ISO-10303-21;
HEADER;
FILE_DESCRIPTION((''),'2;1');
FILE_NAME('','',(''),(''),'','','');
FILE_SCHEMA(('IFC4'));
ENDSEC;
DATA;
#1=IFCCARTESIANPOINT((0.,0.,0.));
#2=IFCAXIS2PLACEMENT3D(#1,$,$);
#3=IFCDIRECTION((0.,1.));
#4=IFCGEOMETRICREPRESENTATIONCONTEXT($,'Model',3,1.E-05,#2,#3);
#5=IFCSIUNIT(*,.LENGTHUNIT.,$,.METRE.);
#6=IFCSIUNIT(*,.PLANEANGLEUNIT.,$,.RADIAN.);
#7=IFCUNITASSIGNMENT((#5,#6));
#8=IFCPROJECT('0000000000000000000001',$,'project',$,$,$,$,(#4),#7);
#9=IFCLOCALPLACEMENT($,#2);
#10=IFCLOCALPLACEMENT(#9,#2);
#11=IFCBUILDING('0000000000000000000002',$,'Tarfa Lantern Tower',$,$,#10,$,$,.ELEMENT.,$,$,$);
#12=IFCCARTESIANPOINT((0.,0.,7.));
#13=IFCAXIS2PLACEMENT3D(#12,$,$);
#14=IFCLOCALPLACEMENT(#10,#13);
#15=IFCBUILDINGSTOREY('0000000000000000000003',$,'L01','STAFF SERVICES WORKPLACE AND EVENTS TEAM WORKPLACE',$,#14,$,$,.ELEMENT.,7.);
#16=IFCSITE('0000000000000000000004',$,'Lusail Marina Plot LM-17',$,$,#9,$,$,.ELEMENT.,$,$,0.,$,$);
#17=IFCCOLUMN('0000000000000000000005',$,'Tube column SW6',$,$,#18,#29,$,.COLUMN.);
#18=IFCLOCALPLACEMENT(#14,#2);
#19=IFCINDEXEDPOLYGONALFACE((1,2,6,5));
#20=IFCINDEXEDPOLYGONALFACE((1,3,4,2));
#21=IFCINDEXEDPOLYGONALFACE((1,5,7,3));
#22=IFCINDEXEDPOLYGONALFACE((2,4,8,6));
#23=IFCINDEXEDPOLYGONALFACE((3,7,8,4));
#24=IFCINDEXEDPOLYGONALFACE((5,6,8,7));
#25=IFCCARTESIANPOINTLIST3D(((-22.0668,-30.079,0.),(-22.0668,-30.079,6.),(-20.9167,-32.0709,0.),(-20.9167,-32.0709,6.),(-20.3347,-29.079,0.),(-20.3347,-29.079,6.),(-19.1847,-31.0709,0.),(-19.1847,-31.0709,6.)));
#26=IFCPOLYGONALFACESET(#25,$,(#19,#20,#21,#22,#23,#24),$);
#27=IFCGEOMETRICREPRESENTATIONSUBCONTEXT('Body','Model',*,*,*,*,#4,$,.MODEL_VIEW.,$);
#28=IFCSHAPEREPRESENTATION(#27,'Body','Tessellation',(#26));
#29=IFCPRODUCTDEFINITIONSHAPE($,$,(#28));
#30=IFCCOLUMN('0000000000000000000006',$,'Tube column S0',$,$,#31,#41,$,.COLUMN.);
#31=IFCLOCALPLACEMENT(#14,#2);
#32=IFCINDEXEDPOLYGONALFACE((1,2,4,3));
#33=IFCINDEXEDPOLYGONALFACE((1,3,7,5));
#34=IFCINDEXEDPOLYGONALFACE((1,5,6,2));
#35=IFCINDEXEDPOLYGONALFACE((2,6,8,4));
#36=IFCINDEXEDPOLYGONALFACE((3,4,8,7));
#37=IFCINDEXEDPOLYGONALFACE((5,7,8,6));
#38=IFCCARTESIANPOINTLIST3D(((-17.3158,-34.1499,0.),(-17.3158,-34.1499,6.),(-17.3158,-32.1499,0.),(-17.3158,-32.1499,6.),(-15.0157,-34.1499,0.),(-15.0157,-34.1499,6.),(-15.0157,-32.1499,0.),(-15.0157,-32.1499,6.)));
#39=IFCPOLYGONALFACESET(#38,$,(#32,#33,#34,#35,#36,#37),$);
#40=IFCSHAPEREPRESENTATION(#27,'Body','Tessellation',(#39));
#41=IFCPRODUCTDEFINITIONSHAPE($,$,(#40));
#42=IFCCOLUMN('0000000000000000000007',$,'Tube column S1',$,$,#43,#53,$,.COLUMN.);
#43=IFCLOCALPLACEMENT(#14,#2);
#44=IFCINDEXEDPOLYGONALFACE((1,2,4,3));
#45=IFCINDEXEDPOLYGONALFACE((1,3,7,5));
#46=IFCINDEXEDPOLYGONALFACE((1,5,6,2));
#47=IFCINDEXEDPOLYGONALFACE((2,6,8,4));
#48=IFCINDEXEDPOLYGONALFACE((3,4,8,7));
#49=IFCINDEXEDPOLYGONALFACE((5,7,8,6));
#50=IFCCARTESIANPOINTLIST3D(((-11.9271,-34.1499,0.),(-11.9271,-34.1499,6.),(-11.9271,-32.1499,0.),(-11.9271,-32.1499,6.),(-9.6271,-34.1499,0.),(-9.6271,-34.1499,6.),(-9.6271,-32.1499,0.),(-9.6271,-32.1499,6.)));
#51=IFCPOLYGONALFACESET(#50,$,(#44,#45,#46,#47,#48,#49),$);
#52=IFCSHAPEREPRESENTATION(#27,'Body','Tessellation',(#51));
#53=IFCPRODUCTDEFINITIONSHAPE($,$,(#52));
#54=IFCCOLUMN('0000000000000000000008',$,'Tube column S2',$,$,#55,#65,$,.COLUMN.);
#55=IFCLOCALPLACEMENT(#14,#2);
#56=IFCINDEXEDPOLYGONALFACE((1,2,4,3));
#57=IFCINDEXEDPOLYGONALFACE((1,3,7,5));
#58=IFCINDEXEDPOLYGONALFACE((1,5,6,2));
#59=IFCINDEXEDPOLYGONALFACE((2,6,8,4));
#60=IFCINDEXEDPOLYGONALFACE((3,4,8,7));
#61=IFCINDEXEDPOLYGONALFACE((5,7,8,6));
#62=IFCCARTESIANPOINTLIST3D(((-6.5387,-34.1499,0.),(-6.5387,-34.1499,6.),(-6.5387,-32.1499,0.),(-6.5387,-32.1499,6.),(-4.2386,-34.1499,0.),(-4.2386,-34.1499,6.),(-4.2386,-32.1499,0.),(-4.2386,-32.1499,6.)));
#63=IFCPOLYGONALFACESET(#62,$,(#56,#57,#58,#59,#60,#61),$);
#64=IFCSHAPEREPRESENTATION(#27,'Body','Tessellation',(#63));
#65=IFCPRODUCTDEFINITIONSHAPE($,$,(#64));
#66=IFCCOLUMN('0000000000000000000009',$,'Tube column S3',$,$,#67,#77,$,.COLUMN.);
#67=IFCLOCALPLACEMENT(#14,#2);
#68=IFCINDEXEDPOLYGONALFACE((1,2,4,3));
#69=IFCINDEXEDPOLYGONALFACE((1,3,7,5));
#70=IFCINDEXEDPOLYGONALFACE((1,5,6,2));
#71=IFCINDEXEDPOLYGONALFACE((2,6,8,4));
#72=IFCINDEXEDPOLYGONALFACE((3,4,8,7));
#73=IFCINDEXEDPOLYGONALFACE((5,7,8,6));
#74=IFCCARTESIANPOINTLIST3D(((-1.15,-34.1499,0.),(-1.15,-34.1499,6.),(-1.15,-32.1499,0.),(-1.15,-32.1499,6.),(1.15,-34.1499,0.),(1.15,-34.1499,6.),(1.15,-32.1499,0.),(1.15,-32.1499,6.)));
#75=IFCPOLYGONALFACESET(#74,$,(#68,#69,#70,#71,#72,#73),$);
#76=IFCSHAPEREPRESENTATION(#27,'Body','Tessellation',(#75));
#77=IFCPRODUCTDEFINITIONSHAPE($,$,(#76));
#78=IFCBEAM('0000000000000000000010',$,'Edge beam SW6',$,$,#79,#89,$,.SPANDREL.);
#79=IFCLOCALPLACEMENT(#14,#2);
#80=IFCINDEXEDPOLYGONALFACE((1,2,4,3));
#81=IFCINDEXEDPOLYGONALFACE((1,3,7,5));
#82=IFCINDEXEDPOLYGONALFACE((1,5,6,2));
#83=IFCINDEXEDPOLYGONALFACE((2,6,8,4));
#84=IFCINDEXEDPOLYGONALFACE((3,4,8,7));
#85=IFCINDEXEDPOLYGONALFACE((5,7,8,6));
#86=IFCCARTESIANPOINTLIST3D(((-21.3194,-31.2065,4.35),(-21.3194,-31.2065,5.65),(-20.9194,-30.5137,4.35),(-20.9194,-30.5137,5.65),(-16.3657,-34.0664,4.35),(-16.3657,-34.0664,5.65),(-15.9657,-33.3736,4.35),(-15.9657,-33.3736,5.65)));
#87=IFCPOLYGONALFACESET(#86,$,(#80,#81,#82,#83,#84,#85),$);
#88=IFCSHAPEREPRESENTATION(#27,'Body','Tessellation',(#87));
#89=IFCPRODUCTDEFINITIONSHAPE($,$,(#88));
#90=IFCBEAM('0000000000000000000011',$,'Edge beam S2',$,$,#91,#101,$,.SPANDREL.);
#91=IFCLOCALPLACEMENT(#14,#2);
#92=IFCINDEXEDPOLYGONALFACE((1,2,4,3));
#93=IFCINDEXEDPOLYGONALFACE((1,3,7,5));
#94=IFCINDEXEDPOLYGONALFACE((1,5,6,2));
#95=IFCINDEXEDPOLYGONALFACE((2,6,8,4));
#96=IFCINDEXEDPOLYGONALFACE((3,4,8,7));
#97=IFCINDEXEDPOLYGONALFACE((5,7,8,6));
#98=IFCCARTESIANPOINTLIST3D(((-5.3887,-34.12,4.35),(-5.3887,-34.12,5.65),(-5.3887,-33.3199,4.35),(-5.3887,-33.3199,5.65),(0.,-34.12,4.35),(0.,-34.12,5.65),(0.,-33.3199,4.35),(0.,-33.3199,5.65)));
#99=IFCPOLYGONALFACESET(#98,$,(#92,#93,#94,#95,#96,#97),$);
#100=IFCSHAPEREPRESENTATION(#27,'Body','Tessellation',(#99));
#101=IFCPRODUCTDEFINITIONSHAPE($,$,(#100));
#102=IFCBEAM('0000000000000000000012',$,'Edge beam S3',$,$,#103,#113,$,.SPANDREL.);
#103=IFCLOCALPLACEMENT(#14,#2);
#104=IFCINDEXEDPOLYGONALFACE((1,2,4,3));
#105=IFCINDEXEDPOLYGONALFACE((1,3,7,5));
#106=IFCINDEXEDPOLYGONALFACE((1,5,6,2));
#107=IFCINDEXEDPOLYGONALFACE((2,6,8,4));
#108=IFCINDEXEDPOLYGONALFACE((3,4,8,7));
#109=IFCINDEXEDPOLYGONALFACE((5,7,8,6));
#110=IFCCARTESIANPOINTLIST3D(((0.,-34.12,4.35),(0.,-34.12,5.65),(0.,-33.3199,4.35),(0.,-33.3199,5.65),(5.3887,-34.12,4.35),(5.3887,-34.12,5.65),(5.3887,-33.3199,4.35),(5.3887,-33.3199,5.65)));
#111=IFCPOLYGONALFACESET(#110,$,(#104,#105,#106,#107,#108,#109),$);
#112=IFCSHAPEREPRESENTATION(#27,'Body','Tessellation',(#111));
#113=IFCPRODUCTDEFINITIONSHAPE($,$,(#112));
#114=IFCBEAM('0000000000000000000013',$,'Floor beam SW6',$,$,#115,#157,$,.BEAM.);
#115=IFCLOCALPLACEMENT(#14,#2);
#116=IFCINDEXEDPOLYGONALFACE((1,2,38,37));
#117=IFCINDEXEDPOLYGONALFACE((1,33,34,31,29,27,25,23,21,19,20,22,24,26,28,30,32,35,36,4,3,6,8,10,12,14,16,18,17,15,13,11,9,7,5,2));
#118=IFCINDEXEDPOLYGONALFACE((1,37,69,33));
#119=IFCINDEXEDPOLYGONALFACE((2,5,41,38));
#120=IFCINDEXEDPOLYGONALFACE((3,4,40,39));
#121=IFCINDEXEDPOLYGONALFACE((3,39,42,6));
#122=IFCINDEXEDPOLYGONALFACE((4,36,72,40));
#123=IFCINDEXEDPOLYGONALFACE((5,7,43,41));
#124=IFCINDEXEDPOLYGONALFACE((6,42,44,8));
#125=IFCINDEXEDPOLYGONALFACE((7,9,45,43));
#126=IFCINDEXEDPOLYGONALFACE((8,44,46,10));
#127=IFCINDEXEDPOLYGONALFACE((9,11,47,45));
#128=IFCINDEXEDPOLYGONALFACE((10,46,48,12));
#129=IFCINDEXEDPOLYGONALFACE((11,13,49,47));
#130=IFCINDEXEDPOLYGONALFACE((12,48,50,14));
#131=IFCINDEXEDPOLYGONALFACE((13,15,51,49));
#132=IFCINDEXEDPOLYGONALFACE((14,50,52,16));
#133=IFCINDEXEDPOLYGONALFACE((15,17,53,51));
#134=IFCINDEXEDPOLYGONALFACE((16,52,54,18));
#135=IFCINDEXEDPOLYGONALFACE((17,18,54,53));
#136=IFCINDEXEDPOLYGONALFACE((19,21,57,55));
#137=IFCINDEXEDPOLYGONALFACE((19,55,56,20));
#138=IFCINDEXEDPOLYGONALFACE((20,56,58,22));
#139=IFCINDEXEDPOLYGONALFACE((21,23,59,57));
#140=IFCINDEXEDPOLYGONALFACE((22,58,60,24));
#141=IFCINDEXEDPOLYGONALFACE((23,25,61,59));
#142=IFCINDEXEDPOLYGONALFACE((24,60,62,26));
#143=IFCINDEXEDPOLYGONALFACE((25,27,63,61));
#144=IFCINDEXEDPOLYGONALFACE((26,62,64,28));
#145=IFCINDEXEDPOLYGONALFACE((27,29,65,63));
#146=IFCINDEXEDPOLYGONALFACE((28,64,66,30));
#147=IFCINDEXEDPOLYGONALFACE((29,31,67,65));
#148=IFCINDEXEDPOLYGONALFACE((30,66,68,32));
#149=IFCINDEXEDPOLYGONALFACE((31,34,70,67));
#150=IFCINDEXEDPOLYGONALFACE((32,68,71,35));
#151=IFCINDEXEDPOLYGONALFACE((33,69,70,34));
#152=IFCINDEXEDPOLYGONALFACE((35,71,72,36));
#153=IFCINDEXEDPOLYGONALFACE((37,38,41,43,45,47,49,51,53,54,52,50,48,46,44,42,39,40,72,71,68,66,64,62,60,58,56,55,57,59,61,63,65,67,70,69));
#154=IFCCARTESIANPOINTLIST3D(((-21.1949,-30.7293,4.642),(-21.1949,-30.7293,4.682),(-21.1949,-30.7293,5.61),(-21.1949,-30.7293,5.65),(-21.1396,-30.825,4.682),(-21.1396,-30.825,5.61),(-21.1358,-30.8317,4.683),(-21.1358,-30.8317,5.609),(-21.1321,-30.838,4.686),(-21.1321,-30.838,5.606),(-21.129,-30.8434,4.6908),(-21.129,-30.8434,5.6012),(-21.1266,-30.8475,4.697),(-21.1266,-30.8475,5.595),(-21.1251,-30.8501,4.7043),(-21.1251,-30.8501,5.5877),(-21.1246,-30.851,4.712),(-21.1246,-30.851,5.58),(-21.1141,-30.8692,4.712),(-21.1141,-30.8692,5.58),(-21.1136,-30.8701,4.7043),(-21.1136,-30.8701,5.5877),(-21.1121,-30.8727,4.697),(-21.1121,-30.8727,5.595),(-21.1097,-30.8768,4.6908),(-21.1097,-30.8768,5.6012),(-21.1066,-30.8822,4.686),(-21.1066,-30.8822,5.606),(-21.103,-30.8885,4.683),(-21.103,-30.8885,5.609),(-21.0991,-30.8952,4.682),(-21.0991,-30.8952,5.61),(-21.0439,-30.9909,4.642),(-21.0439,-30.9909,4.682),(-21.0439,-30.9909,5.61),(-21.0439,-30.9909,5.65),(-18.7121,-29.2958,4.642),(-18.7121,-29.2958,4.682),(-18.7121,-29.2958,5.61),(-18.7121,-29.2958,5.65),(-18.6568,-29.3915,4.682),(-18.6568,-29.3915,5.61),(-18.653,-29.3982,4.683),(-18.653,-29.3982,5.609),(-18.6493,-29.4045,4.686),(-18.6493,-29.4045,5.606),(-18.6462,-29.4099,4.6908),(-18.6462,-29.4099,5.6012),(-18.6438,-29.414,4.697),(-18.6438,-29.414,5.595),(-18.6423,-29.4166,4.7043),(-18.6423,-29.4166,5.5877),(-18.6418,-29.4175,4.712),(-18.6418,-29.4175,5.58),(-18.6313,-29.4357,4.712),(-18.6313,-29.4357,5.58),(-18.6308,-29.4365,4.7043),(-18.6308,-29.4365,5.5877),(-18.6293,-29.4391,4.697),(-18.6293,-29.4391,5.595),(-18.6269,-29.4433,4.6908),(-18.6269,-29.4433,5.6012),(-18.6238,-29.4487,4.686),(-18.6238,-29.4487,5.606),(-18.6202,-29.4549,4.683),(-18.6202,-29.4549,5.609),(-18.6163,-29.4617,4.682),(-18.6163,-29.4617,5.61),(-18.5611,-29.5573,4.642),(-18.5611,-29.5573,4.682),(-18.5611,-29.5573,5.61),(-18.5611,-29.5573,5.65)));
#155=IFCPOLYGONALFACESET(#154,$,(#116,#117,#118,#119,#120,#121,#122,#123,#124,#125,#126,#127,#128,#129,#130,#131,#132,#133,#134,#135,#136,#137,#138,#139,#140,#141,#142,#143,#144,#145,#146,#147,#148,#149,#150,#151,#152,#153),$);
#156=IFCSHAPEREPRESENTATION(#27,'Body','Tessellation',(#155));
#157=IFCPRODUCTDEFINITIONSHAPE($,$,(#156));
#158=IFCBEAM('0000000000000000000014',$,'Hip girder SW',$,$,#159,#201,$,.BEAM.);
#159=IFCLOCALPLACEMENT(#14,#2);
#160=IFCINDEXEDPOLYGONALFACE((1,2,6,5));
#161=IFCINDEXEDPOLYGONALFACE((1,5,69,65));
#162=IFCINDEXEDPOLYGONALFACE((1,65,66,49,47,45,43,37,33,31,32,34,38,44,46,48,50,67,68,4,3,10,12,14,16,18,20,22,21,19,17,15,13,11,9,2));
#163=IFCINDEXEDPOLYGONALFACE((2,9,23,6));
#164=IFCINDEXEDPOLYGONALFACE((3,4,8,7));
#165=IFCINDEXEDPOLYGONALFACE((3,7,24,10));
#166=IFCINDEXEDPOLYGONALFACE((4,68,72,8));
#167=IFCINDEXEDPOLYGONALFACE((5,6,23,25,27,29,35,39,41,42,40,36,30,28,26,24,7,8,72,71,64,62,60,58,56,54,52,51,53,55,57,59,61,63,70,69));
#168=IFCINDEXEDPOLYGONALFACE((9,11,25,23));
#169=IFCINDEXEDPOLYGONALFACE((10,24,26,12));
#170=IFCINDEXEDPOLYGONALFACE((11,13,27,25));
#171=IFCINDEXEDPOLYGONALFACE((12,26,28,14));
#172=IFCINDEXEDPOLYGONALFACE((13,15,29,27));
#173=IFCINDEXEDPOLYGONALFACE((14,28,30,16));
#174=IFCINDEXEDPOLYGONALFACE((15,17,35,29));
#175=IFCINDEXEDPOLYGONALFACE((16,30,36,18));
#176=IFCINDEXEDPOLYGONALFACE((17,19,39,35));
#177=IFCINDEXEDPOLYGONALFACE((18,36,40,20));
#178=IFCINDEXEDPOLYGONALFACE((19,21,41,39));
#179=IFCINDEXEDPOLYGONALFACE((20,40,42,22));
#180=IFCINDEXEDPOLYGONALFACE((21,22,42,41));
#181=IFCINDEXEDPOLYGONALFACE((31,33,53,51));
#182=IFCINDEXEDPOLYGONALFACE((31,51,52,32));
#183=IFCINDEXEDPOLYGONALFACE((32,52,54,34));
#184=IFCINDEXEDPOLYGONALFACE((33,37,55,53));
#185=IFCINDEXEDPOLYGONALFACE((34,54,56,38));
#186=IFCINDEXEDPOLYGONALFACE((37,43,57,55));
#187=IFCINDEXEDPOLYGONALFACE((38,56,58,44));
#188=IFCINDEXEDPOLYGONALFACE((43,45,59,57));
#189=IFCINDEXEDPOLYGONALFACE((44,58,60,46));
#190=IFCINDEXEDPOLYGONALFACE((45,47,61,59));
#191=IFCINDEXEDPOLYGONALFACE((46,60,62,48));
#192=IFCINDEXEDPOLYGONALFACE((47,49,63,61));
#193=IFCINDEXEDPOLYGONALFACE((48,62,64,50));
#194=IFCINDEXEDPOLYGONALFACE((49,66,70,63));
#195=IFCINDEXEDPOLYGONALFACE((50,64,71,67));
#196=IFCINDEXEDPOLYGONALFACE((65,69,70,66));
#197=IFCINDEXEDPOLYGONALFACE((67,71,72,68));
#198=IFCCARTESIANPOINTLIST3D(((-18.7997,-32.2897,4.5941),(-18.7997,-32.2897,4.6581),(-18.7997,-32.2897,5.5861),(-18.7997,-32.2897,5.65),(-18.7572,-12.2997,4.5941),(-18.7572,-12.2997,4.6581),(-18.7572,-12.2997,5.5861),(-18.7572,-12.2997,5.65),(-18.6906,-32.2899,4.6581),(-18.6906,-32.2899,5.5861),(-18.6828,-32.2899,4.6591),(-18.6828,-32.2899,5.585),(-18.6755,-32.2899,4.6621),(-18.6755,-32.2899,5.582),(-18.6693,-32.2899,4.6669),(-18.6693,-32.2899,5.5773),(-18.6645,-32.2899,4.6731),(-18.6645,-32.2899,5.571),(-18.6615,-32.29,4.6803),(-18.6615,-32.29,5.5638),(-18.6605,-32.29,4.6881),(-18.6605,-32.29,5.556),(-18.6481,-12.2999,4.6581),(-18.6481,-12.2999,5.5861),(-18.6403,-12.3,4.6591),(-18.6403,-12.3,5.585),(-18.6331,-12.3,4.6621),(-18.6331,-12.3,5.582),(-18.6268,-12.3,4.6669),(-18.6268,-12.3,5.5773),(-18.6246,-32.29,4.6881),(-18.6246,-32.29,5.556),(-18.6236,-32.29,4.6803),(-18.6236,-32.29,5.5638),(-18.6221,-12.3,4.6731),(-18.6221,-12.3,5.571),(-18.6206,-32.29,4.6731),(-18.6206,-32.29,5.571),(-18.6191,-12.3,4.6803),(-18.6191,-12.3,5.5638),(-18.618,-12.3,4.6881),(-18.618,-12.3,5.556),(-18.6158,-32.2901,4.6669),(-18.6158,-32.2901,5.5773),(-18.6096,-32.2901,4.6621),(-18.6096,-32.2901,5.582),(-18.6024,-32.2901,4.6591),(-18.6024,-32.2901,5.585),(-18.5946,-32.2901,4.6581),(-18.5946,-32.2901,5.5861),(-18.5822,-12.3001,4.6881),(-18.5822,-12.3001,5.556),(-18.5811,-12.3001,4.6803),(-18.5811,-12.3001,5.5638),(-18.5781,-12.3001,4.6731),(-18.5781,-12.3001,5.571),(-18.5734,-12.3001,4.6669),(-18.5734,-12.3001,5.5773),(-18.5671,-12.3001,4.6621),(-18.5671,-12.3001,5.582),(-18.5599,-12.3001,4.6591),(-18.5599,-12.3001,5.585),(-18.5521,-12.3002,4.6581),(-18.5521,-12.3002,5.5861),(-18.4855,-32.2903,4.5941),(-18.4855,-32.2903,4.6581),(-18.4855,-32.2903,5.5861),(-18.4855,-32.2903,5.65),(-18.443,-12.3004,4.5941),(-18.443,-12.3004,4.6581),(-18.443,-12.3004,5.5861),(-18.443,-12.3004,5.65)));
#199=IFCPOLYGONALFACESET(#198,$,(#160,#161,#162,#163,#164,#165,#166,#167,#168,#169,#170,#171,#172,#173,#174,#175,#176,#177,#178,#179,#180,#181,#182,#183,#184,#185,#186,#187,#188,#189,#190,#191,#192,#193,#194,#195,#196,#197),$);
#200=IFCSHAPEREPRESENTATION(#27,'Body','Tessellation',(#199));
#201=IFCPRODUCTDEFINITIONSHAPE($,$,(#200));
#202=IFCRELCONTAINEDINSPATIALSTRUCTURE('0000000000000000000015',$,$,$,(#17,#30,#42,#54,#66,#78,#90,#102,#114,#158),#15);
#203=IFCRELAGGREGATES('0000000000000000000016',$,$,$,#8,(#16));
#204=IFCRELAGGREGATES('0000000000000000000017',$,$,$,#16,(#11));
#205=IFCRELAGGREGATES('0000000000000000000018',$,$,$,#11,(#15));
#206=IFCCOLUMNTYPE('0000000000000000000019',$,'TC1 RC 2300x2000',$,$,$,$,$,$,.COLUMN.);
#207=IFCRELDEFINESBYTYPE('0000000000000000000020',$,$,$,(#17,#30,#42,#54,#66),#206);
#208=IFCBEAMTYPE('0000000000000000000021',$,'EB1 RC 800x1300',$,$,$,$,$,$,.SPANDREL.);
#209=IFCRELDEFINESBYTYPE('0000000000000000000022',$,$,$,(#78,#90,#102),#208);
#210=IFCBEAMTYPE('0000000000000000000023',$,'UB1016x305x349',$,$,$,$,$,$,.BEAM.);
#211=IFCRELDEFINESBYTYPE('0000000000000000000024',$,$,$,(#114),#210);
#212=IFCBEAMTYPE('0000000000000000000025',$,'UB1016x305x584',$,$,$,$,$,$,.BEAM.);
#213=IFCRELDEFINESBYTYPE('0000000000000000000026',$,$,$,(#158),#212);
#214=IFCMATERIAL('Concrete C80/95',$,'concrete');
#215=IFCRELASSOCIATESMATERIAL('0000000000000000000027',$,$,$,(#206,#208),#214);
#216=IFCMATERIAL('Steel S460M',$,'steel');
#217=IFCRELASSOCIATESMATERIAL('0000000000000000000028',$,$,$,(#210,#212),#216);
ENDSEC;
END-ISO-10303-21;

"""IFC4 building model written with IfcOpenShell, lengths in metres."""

from ifc_helpers import new_model, si_unit, direction, frame, origin, origin_2d, place, context, subcontext, project, spatial, rectangle, i_section, extrude, material, material_profile, profile_set, type_object, element, save


model = new_model("IFC4")

# Units and contexts
model_context = context("Model", 3, precision=1e-05, world=origin(), true_north=direction((0.0, 1.0)))
body_context = subcontext(model_context, "Body", "Model", "MODEL_VIEW")
ifc_project = project(units=[si_unit("LENGTHUNIT", "METRE"), si_unit("PLANEANGLEUNIT", "RADIAN")], contexts=[model_context])

# Site, building, storey
site_placement = place(None, origin())
site = spatial("IfcSite", under=ifc_project, at=site_placement, Name="Lusail Marina Plot LM-17", CompositionType="ELEMENT", RefElevation=0.0)
building_placement = place(site_placement, origin())
building = spatial("IfcBuilding", under=site, at=building_placement, Name="Tarfa Lantern Tower", CompositionType="ELEMENT")
storey_placement = place(building_placement, frame((0.0, 0.0, 7.0)))
storey = spatial("IfcBuildingStorey", under=building, at=storey_placement, Name="L01", Description="STAFF SERVICES WORKPLACE AND EVENTS TEAM WORKPLACE", CompositionType="ELEMENT", Elevation=7.0)

# Columns
ifc_material_1 = material(Name="Concrete C80/95", Category="concrete")
ifc_material_profile_1 = material_profile(ifc_material_1, rectangle(XDim=2.3, YDim=2.0, at=origin_2d()), Name="RC 2300x2000")
ifc_profile_set_1 = profile_set([ifc_material_profile_1], Name="Concrete C80/95")
column_type = type_object("IfcColumnType", Name="TC1 RC 2300x2000", PredefinedType="COLUMN", material=ifc_profile_set_1)
for number, where, z_axis, x_axis, name in (
    (1, (-20.6257, -30.575, 0.0), (0.0, 0.0, 1.0), (0.5, -0.866025, 0.0), "Tube column SW6"),
    (2, (-16.1658, -33.1499, 0.0), (0.0, 0.0, 1.0), (1.0, 0.0, 0.0), "Tube column S0"),
    (3, (-10.7771, -33.1499, 0.0), (0.0, 0.0, 1.0), (1.0, 0.0, 0.0), "Tube column S1"),
    (4, (-5.3887, -33.1499, 0.0), (0.0, 0.0, 1.0), (1.0, 0.0, 0.0), "Tube column S2"),
    (5, (0.0, -33.1499, 0.0), (0.0, 0.0, 1.0), (1.0, 0.0, 0.0), "Tube column S3"),
):
    element("IfcColumn", number, at=place(storey_placement, frame(where, z_axis=z_axis, x_axis=x_axis)), inside=storey, type_object=column_type, Name=name, PredefinedType="COLUMN", context=body_context, shape_type="SweptSolid", body=[
        extrude(rectangle(XDim=2.3, YDim=2.0, at=origin_2d()), origin(), (0.0, 0.0, 1.0), 6.0),
    ])

# Beams
ifc_material_profile_2 = material_profile(ifc_material_1, rectangle(XDim=0.8, YDim=1.3, at=origin_2d()), Name="RC 800x1300")
ifc_profile_set_2 = profile_set([ifc_material_profile_2], Name="Concrete C80/95")
beam_type_1 = type_object("IfcBeamType", Name="EB1 RC 800x1300", PredefinedType="SPANDREL", material=ifc_profile_set_2)
beam_1_placement = place(storey_placement, frame((-21.1194, -30.8601, 5.0), z_axis=(0.866033, -0.499986, 0.0), x_axis=(0.499986, 0.866033, 0.0)))
element("IfcBeam", 6, at=beam_1_placement, inside=storey, type_object=beam_type_1, Name="Edge beam SW6", PredefinedType="SPANDREL", context=body_context, shape_type="SweptSolid", body=[
    extrude(rectangle(XDim=0.8, YDim=1.3, at=origin_2d()), origin(), (0.0, 0.0, 1.0), 5.72),
])
for number, where, z_axis, x_axis, name in (
    (7, (-5.3887, -33.72, 5.0), (1.0, 0.0, 0.0), (0.0, 1.0, 0.0), "Edge beam S2"),
    (8, (0.0, -33.72, 5.0), (1.0, 0.0, 0.0), (0.0, 1.0, 0.0), "Edge beam S3"),
):
    element("IfcBeam", number, at=place(storey_placement, frame(where, z_axis=z_axis, x_axis=x_axis)), inside=storey, type_object=beam_type_1, Name=name, PredefinedType="SPANDREL", context=body_context, shape_type="SweptSolid", body=[
        extrude(rectangle(XDim=0.8, YDim=1.3, at=origin_2d()), origin(), (0.0, 0.0, 1.0), 5.3887),
    ])
ifc_material_2 = material(Name="Steel S460M", Category="steel")
ifc_material_profile_3 = material_profile(ifc_material_2, i_section(OverallWidth=0.302, OverallDepth=1.0081, WebThickness=0.021, FlangeThickness=0.04, FilletRadius=0.03, at=origin_2d()), Name="UB1016x305x349")
ifc_profile_set_3 = profile_set([ifc_material_profile_3], Name="Steel S460M")
beam_type_2 = type_object("IfcBeamType", Name="UB1016x305x349", PredefinedType="BEAM", material=ifc_profile_set_3)
beam_2_placement = place(storey_placement, frame((-21.1194, -30.8601, 5.146), z_axis=(0.866013, 0.500022, 0.0), x_axis=(-0.500022, 0.866013, 0.0)))
element("IfcBeam", 9, at=beam_2_placement, inside=storey, type_object=beam_type_2, Name="Floor beam SW6", PredefinedType="BEAM", context=body_context, shape_type="SweptSolid", body=[
    extrude(i_section(OverallWidth=0.302, OverallDepth=1.0081, WebThickness=0.021, FlangeThickness=0.04, FilletRadius=0.03, at=origin_2d()), origin(), (0.0, 0.0, 1.0), 2.8669),
])
ifc_material_profile_4 = material_profile(ifc_material_2, i_section(OverallWidth=0.3142, OverallDepth=1.0559, WebThickness=0.0359, FlangeThickness=0.064, FilletRadius=0.03, at=origin_2d()), Name="UB1016x305x584")
ifc_profile_set_4 = profile_set([ifc_material_profile_4], Name="Steel S460M")
beam_type_3 = type_object("IfcBeamType", Name="UB1016x305x584", PredefinedType="BEAM", material=ifc_profile_set_4)
beam_3_placement = place(storey_placement, frame((-18.6001, -12.3, 5.1221), z_axis=(-0.002125, -0.999998, 0.0), x_axis=(0.999998, -0.002125, 0.0)))
element("IfcBeam", 10, at=beam_3_placement, inside=storey, type_object=beam_type_3, Name="Hip girder SW", PredefinedType="BEAM", context=body_context, shape_type="SweptSolid", body=[
    extrude(i_section(OverallWidth=0.3142, OverallDepth=1.0559, WebThickness=0.0359, FlangeThickness=0.064, FilletRadius=0.03, at=origin_2d()), origin(), (0.0, 0.0, 1.0), 19.99),
])

save(model, "model.ifc")
